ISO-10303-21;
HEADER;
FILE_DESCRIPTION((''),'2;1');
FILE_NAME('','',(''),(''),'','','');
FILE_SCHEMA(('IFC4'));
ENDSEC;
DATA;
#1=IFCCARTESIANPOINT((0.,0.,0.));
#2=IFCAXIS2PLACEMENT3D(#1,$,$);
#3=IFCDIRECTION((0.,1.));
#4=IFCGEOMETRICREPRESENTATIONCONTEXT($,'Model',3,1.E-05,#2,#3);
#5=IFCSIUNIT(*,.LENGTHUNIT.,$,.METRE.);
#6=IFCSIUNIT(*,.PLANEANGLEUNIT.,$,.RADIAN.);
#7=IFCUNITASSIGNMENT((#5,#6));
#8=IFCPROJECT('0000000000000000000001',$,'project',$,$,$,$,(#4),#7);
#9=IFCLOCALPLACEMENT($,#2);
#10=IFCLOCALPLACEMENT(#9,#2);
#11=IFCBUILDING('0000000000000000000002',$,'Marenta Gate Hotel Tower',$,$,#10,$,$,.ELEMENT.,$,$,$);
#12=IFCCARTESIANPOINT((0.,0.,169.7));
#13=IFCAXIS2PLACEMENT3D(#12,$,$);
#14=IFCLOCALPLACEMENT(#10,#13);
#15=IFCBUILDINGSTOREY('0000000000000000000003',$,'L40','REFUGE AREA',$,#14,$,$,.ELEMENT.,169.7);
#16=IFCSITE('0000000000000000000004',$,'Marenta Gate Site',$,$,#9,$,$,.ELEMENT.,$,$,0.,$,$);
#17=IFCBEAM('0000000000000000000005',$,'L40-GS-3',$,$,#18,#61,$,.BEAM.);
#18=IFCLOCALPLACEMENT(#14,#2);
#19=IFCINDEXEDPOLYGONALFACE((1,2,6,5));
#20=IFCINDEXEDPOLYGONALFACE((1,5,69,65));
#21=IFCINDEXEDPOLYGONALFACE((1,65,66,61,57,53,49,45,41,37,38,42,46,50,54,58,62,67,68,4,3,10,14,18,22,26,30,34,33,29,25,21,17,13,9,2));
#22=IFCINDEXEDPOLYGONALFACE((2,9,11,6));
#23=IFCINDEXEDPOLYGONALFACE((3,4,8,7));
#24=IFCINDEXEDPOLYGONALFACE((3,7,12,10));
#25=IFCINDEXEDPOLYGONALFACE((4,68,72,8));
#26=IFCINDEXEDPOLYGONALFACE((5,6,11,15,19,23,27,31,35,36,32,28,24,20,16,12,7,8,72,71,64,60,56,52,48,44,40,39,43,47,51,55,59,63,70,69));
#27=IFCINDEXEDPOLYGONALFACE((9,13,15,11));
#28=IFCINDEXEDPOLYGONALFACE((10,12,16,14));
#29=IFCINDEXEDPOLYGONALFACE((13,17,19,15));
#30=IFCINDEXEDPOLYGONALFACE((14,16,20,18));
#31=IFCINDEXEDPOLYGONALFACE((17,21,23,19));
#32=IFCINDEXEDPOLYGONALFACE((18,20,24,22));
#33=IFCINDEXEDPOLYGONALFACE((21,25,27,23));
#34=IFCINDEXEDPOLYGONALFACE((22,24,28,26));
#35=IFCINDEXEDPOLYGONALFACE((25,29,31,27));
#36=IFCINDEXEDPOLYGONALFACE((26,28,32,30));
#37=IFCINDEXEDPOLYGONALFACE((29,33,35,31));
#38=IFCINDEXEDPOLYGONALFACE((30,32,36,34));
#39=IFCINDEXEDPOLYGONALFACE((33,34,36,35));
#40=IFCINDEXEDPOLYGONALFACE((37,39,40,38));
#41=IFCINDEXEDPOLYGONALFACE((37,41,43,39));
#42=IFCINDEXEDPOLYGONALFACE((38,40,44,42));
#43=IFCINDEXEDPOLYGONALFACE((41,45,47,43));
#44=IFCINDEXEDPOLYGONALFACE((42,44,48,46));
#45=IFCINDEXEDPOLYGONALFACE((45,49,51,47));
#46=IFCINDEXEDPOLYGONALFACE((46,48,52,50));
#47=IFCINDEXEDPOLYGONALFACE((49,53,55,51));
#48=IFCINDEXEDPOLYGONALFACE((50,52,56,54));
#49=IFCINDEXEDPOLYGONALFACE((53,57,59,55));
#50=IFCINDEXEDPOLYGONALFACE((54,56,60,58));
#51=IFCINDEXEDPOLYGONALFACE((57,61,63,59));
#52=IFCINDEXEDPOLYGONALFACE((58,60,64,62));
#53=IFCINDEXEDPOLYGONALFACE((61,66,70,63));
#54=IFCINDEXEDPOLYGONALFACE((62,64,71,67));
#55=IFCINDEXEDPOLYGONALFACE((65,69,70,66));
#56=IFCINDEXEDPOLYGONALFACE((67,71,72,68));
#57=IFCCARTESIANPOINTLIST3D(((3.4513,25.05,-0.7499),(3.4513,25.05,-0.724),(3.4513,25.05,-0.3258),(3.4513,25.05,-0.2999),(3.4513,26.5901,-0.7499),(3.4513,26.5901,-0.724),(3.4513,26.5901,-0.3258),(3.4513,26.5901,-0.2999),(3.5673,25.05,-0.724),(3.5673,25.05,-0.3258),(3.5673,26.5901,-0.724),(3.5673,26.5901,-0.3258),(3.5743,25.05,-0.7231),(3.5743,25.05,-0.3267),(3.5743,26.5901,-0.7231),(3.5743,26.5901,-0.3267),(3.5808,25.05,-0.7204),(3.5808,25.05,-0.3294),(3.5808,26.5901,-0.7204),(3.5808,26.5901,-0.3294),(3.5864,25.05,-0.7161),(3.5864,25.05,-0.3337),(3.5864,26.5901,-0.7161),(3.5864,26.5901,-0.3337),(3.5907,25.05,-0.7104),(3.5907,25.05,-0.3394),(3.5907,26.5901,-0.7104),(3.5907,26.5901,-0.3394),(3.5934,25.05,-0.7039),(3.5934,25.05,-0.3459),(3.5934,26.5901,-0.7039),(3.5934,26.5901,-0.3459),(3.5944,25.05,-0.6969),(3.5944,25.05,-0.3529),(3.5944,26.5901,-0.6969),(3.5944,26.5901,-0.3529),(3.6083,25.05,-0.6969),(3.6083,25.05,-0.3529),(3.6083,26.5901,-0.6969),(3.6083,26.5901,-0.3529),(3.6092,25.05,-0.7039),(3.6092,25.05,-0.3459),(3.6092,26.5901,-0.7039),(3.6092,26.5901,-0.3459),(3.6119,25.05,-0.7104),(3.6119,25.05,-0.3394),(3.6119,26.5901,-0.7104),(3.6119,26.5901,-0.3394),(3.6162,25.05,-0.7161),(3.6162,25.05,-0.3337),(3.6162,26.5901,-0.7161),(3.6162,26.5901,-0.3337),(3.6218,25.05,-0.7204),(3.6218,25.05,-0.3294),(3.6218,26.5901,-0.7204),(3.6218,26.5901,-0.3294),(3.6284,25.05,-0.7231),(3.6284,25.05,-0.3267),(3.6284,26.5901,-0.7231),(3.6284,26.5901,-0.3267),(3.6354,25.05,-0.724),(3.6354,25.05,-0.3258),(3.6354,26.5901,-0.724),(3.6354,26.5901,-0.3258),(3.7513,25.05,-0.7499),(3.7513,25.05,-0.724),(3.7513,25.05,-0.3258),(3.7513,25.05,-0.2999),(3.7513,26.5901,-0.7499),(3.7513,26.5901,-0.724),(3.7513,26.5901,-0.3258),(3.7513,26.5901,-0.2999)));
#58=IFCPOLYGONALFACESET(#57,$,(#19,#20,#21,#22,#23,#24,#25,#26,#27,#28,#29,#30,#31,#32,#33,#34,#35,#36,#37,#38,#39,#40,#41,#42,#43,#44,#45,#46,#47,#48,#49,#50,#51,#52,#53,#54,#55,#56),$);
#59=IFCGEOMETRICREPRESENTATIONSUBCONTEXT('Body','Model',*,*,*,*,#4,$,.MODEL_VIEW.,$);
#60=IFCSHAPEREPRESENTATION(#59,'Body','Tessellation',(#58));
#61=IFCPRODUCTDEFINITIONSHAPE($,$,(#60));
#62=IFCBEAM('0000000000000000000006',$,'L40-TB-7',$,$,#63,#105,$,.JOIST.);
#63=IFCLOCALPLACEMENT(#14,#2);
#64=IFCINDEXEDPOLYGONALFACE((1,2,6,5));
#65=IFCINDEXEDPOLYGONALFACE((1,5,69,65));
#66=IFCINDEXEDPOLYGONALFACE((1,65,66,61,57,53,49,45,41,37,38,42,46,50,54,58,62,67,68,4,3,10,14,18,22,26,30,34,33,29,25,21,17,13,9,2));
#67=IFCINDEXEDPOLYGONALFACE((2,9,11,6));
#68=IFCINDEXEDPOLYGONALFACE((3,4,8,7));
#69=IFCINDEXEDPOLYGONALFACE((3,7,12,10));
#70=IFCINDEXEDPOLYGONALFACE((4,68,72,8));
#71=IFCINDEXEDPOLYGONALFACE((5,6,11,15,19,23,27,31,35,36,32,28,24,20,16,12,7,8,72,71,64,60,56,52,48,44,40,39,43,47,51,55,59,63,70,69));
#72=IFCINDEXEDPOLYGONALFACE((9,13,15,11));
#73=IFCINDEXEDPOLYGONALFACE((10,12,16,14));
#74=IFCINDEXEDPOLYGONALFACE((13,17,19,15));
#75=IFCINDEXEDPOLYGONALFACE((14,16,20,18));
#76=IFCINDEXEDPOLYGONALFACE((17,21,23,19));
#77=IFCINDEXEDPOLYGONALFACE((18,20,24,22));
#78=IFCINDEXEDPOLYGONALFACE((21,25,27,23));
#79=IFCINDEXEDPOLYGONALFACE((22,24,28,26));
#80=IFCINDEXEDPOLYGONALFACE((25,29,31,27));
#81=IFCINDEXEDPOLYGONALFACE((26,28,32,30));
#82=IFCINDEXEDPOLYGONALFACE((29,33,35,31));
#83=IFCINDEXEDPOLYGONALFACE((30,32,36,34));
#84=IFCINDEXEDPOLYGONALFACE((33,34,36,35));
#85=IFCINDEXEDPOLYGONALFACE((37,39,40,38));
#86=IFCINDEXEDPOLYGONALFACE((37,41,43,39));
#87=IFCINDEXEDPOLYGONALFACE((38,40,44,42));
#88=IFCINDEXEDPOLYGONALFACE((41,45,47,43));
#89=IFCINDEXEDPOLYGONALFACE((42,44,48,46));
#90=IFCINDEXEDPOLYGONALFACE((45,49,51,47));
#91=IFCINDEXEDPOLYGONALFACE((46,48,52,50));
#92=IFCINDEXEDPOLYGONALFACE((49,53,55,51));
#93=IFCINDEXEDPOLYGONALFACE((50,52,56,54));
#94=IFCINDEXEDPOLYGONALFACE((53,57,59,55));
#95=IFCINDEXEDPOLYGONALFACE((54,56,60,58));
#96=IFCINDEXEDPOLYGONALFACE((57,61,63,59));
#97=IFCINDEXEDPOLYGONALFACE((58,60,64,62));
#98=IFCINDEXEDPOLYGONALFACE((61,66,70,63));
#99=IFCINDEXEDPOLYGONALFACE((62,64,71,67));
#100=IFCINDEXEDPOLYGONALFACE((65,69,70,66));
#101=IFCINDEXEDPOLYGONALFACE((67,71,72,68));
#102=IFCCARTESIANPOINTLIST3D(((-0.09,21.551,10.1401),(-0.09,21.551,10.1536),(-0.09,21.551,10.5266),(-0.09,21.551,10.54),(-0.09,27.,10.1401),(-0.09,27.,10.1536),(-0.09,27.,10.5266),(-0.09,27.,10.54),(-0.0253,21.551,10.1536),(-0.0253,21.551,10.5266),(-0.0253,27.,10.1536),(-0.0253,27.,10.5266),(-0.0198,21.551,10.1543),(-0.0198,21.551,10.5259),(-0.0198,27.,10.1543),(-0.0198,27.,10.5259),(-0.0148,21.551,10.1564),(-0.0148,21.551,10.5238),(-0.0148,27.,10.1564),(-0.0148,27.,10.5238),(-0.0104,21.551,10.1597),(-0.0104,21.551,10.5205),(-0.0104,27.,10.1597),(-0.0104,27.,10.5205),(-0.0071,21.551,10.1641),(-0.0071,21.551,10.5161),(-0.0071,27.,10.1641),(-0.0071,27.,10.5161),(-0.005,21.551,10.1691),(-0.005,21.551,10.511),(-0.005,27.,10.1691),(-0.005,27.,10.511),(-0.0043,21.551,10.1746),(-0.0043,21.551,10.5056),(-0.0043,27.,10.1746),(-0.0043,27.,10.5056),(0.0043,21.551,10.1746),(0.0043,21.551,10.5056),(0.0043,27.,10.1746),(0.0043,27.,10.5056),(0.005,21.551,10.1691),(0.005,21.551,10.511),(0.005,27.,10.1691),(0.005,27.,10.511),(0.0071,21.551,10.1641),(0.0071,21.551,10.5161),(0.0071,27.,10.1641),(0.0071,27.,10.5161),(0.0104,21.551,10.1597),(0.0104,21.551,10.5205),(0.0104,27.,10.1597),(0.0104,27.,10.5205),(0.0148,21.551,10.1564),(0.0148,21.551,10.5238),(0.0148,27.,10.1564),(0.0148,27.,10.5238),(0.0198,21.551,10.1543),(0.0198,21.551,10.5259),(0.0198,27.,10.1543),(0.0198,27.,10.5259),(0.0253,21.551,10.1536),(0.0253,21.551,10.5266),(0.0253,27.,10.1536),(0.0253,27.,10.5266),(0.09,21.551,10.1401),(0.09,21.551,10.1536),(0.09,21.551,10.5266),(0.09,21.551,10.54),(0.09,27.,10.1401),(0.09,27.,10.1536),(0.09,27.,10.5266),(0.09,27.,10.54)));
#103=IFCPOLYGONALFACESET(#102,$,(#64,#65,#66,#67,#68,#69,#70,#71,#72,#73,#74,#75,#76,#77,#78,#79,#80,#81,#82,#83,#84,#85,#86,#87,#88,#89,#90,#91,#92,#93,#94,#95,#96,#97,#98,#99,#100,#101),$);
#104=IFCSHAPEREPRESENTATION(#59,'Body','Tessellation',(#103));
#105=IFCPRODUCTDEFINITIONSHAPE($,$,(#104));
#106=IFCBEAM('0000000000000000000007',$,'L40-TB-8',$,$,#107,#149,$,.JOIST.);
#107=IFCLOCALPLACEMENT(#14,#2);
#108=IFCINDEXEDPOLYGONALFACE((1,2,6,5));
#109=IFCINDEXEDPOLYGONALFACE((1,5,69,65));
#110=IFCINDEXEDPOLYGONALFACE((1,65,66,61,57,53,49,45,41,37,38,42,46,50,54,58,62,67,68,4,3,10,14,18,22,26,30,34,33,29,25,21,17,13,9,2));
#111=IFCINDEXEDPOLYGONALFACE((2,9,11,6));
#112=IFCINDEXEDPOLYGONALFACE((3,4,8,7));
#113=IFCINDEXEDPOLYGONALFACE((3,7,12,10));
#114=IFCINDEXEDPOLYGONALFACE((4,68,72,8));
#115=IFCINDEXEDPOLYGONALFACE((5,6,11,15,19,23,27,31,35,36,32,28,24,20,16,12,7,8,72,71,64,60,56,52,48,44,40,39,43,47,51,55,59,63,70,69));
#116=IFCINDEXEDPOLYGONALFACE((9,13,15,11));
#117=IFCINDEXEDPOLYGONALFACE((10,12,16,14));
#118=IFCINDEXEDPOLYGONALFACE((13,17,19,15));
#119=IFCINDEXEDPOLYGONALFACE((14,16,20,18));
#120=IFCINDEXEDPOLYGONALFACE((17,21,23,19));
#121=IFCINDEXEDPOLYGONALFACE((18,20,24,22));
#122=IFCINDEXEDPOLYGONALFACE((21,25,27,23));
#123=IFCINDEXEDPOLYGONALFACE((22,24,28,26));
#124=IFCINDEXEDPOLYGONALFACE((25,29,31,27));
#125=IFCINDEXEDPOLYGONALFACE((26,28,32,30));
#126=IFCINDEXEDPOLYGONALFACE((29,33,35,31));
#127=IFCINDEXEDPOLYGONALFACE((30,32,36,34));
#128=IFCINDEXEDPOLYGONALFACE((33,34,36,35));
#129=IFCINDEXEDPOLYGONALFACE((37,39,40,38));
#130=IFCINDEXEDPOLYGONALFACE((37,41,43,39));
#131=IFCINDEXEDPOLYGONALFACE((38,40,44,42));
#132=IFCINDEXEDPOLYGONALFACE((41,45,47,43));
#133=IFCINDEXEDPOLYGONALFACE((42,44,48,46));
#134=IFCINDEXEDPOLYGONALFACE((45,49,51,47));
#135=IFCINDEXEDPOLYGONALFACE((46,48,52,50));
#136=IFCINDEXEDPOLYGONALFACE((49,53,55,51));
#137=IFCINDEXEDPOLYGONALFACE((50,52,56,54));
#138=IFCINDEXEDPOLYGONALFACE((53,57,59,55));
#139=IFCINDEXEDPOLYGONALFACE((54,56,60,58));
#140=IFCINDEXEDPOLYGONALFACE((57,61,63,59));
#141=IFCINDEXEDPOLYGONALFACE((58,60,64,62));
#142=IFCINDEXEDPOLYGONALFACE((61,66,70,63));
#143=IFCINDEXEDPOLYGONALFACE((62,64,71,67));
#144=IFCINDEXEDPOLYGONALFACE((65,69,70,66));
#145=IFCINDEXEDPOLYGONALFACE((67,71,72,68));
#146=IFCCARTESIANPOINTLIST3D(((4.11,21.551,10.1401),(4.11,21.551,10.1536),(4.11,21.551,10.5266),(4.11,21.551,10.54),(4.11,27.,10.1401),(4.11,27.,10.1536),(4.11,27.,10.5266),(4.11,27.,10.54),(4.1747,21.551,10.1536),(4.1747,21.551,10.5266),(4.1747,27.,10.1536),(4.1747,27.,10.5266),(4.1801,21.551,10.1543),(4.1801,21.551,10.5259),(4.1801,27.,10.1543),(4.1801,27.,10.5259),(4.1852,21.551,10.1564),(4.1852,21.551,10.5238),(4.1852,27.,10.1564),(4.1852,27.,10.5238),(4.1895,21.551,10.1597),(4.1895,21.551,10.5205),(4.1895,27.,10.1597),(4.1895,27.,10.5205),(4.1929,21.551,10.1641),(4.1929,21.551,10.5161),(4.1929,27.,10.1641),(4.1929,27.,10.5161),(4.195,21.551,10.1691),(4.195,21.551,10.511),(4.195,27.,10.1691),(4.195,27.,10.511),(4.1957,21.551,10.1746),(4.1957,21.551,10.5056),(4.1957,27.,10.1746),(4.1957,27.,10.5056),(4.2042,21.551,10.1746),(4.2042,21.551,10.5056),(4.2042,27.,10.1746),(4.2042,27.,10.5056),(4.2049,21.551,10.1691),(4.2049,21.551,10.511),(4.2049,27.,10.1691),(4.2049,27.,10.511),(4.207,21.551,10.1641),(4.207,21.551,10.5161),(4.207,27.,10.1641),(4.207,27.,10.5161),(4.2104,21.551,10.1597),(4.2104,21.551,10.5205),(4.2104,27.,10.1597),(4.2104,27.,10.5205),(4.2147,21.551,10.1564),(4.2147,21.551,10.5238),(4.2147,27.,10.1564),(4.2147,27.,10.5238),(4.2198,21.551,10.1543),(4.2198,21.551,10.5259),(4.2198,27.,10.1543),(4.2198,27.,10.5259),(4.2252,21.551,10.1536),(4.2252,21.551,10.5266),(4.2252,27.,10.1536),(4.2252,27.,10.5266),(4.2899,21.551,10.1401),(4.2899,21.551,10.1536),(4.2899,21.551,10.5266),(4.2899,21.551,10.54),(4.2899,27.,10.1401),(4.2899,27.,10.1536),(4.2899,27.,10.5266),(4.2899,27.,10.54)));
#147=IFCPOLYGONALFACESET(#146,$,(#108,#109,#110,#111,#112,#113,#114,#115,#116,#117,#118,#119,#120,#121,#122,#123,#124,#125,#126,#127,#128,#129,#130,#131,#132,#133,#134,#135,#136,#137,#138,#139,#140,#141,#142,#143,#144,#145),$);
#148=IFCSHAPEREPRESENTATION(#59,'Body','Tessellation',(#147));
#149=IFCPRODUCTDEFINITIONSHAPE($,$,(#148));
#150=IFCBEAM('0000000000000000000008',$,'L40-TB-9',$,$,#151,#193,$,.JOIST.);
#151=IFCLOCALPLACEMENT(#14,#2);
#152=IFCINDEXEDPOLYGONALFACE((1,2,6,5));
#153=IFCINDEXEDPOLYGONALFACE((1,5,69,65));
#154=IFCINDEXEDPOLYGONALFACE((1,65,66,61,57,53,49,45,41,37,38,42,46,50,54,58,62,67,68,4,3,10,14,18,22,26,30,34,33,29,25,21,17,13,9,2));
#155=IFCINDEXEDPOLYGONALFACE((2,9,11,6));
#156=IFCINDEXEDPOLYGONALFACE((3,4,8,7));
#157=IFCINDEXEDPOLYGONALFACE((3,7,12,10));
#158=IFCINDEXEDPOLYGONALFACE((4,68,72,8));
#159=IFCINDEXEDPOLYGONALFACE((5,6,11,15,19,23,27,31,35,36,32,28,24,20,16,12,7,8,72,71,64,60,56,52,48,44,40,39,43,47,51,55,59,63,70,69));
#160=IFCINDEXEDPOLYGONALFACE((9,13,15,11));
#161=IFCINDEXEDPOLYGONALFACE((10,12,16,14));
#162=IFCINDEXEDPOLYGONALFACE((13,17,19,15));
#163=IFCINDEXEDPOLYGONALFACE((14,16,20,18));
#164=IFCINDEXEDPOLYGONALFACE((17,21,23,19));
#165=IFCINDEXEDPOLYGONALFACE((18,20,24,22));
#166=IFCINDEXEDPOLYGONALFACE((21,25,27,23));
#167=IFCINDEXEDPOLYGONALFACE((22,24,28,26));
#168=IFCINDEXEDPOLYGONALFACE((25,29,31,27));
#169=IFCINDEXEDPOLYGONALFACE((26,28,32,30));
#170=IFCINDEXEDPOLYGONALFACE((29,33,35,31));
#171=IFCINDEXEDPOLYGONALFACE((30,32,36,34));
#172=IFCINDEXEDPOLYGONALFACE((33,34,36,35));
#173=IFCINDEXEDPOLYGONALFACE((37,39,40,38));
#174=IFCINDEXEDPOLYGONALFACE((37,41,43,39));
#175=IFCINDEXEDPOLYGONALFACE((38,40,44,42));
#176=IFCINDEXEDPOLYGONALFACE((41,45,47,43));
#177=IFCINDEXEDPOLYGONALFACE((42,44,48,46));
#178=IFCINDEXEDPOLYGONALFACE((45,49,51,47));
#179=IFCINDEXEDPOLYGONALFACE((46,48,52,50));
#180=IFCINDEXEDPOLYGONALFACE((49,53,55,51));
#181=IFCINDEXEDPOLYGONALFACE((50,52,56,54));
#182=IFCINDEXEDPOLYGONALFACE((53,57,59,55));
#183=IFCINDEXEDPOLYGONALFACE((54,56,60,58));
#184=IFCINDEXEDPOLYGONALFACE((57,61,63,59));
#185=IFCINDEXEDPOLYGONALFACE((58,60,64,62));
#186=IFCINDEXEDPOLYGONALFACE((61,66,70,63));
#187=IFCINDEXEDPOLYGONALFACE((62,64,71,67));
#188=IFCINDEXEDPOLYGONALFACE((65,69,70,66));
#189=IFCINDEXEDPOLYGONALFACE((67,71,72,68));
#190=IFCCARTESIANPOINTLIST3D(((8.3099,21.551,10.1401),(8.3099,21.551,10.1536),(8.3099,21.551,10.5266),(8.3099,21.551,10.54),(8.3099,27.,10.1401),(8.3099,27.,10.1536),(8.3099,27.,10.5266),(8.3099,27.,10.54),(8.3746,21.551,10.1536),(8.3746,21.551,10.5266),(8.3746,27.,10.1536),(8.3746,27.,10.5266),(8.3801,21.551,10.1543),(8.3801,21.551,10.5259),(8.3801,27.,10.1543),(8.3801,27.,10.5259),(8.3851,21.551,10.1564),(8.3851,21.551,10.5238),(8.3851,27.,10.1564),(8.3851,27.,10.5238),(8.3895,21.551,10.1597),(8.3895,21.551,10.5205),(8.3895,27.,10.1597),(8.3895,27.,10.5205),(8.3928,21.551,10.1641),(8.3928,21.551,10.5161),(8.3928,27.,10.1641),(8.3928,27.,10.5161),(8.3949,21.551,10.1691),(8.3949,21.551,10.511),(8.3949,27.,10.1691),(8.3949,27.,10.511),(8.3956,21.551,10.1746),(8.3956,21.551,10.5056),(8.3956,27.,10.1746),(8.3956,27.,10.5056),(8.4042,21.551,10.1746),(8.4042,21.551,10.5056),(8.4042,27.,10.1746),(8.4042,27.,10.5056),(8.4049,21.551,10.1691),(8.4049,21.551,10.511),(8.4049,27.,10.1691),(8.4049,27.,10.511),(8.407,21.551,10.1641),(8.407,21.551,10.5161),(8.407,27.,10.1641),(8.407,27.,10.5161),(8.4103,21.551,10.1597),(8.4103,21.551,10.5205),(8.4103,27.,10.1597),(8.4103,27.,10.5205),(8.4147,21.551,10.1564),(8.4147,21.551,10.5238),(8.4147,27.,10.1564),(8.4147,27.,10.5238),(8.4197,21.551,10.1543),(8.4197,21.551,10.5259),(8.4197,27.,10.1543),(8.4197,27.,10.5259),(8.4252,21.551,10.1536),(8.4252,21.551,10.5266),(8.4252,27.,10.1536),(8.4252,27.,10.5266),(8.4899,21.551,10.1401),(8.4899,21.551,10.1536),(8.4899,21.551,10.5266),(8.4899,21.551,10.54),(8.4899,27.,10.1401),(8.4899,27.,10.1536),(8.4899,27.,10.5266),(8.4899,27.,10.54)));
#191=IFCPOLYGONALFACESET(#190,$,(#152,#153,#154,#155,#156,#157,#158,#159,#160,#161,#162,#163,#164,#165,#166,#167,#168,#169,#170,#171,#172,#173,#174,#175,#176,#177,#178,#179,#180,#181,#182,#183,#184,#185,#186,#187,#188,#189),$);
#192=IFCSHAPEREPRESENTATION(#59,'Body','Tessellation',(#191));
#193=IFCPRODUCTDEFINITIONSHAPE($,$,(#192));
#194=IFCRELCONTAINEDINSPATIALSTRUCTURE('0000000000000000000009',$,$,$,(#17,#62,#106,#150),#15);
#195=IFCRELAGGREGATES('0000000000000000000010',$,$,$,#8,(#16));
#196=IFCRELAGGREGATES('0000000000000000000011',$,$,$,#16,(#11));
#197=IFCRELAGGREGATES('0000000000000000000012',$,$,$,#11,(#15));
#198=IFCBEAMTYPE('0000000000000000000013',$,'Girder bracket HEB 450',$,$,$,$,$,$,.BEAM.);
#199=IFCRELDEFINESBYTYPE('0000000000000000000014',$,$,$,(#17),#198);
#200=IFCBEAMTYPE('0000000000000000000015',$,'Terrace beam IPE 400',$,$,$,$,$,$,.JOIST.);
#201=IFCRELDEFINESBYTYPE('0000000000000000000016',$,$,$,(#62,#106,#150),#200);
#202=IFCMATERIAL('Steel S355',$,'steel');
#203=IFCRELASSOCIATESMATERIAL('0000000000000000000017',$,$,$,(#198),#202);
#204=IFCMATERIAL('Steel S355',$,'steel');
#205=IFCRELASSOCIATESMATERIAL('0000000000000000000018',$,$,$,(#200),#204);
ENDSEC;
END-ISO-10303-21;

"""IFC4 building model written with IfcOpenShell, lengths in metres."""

from ifc_helpers import new_model, si_unit, direction, frame, origin, origin_2d, place, context, subcontext, project, spatial, i_section, extrude, material, material_profile, profile_set, type_object, element, save


model = new_model("IFC4")

# Units and contexts
model_context = context("Model", 3, precision=1e-05, world=origin(), true_north=direction((0.0, 1.0)))
body_context = subcontext(model_context, "Body", "Model", "MODEL_VIEW")
ifc_project = project(units=[si_unit("LENGTHUNIT", "METRE"), si_unit("PLANEANGLEUNIT", "RADIAN")], contexts=[model_context])

# Site, building, storey
site_placement = place(None, origin())
site = spatial("IfcSite", under=ifc_project, at=site_placement, Name="Marenta Gate Site", CompositionType="ELEMENT", RefElevation=0.0)
building_placement = place(site_placement, origin())
building = spatial("IfcBuilding", under=site, at=building_placement, Name="Marenta Gate Hotel Tower", CompositionType="ELEMENT")
storey_placement = place(building_placement, frame((0.0, 0.0, 169.7)))
storey = spatial("IfcBuildingStorey", under=building, at=storey_placement, Name="L40", Description="REFUGE AREA", CompositionType="ELEMENT", Elevation=169.7)

# Beams
ifc_material_1 = material(Name="Steel S355", Category="steel")
ifc_material_profile_1 = material_profile(ifc_material_1, i_section(OverallWidth=0.3, OverallDepth=0.45, WebThickness=0.0139, FlangeThickness=0.0259, FilletRadius=0.0271, at=origin_2d()), Name="HEB 450")
ifc_profile_set_1 = profile_set([ifc_material_profile_1], Name="Steel S355")
beam_type_1 = type_object("IfcBeamType", Name="Girder bracket HEB 450", PredefinedType="BEAM", material=ifc_profile_set_1)
beam_1_placement = place(storey_placement, frame((3.6013, 25.05, -0.5249), z_axis=(0.0, 1.0, 0.0), x_axis=(-1.0, 0.0, 0.0)))
element("IfcBeam", 1, at=beam_1_placement, inside=storey, type_object=beam_type_1, Name="L40-GS-3", PredefinedType="BEAM", context=body_context, shape_type="SweptSolid", body=[
    extrude(i_section(OverallWidth=0.3, OverallDepth=0.45, WebThickness=0.0139, FlangeThickness=0.0259, FilletRadius=0.0271, at=origin_2d()), origin(), (0.0, 0.0, 1.0), 1.54),
])
ifc_material_2 = material(Name="Steel S355", Category="steel")
ifc_material_profile_2 = material_profile(ifc_material_2, i_section(OverallWidth=0.1799, OverallDepth=0.3999, WebThickness=0.0085, FlangeThickness=0.0134, FilletRadius=0.021, at=origin_2d()), Name="IPE 400")
ifc_profile_set_2 = profile_set([ifc_material_profile_2], Name="Steel S355")
beam_type_2 = type_object("IfcBeamType", Name="Terrace beam IPE 400", PredefinedType="JOIST", material=ifc_profile_set_2)
for number, where, z_axis, x_axis, name in (
    (2, (0.0, 21.551, 10.3401), (0.0, 1.0, 0.0), (-1.0, 0.0, 0.0), "L40-TB-7"),
    (3, (4.2, 21.551, 10.3401), (0.0, 1.0, 0.0), (-1.0, 0.0, 0.0), "L40-TB-8"),
    (4, (8.3999, 21.551, 10.3401), (0.0, 1.0, 0.0), (-1.0, 0.0, 0.0), "L40-TB-9"),
):
    element("IfcBeam", number, at=place(storey_placement, frame(where, z_axis=z_axis, x_axis=x_axis)), inside=storey, type_object=beam_type_2, Name=name, PredefinedType="JOIST", context=body_context, shape_type="SweptSolid", body=[
        extrude(i_section(OverallWidth=0.1799, OverallDepth=0.3999, WebThickness=0.0085, FlangeThickness=0.0134, FilletRadius=0.021, at=origin_2d()), origin(), (0.0, 0.0, 1.0), 5.449),
    ])

save(model, "model.ifc")
